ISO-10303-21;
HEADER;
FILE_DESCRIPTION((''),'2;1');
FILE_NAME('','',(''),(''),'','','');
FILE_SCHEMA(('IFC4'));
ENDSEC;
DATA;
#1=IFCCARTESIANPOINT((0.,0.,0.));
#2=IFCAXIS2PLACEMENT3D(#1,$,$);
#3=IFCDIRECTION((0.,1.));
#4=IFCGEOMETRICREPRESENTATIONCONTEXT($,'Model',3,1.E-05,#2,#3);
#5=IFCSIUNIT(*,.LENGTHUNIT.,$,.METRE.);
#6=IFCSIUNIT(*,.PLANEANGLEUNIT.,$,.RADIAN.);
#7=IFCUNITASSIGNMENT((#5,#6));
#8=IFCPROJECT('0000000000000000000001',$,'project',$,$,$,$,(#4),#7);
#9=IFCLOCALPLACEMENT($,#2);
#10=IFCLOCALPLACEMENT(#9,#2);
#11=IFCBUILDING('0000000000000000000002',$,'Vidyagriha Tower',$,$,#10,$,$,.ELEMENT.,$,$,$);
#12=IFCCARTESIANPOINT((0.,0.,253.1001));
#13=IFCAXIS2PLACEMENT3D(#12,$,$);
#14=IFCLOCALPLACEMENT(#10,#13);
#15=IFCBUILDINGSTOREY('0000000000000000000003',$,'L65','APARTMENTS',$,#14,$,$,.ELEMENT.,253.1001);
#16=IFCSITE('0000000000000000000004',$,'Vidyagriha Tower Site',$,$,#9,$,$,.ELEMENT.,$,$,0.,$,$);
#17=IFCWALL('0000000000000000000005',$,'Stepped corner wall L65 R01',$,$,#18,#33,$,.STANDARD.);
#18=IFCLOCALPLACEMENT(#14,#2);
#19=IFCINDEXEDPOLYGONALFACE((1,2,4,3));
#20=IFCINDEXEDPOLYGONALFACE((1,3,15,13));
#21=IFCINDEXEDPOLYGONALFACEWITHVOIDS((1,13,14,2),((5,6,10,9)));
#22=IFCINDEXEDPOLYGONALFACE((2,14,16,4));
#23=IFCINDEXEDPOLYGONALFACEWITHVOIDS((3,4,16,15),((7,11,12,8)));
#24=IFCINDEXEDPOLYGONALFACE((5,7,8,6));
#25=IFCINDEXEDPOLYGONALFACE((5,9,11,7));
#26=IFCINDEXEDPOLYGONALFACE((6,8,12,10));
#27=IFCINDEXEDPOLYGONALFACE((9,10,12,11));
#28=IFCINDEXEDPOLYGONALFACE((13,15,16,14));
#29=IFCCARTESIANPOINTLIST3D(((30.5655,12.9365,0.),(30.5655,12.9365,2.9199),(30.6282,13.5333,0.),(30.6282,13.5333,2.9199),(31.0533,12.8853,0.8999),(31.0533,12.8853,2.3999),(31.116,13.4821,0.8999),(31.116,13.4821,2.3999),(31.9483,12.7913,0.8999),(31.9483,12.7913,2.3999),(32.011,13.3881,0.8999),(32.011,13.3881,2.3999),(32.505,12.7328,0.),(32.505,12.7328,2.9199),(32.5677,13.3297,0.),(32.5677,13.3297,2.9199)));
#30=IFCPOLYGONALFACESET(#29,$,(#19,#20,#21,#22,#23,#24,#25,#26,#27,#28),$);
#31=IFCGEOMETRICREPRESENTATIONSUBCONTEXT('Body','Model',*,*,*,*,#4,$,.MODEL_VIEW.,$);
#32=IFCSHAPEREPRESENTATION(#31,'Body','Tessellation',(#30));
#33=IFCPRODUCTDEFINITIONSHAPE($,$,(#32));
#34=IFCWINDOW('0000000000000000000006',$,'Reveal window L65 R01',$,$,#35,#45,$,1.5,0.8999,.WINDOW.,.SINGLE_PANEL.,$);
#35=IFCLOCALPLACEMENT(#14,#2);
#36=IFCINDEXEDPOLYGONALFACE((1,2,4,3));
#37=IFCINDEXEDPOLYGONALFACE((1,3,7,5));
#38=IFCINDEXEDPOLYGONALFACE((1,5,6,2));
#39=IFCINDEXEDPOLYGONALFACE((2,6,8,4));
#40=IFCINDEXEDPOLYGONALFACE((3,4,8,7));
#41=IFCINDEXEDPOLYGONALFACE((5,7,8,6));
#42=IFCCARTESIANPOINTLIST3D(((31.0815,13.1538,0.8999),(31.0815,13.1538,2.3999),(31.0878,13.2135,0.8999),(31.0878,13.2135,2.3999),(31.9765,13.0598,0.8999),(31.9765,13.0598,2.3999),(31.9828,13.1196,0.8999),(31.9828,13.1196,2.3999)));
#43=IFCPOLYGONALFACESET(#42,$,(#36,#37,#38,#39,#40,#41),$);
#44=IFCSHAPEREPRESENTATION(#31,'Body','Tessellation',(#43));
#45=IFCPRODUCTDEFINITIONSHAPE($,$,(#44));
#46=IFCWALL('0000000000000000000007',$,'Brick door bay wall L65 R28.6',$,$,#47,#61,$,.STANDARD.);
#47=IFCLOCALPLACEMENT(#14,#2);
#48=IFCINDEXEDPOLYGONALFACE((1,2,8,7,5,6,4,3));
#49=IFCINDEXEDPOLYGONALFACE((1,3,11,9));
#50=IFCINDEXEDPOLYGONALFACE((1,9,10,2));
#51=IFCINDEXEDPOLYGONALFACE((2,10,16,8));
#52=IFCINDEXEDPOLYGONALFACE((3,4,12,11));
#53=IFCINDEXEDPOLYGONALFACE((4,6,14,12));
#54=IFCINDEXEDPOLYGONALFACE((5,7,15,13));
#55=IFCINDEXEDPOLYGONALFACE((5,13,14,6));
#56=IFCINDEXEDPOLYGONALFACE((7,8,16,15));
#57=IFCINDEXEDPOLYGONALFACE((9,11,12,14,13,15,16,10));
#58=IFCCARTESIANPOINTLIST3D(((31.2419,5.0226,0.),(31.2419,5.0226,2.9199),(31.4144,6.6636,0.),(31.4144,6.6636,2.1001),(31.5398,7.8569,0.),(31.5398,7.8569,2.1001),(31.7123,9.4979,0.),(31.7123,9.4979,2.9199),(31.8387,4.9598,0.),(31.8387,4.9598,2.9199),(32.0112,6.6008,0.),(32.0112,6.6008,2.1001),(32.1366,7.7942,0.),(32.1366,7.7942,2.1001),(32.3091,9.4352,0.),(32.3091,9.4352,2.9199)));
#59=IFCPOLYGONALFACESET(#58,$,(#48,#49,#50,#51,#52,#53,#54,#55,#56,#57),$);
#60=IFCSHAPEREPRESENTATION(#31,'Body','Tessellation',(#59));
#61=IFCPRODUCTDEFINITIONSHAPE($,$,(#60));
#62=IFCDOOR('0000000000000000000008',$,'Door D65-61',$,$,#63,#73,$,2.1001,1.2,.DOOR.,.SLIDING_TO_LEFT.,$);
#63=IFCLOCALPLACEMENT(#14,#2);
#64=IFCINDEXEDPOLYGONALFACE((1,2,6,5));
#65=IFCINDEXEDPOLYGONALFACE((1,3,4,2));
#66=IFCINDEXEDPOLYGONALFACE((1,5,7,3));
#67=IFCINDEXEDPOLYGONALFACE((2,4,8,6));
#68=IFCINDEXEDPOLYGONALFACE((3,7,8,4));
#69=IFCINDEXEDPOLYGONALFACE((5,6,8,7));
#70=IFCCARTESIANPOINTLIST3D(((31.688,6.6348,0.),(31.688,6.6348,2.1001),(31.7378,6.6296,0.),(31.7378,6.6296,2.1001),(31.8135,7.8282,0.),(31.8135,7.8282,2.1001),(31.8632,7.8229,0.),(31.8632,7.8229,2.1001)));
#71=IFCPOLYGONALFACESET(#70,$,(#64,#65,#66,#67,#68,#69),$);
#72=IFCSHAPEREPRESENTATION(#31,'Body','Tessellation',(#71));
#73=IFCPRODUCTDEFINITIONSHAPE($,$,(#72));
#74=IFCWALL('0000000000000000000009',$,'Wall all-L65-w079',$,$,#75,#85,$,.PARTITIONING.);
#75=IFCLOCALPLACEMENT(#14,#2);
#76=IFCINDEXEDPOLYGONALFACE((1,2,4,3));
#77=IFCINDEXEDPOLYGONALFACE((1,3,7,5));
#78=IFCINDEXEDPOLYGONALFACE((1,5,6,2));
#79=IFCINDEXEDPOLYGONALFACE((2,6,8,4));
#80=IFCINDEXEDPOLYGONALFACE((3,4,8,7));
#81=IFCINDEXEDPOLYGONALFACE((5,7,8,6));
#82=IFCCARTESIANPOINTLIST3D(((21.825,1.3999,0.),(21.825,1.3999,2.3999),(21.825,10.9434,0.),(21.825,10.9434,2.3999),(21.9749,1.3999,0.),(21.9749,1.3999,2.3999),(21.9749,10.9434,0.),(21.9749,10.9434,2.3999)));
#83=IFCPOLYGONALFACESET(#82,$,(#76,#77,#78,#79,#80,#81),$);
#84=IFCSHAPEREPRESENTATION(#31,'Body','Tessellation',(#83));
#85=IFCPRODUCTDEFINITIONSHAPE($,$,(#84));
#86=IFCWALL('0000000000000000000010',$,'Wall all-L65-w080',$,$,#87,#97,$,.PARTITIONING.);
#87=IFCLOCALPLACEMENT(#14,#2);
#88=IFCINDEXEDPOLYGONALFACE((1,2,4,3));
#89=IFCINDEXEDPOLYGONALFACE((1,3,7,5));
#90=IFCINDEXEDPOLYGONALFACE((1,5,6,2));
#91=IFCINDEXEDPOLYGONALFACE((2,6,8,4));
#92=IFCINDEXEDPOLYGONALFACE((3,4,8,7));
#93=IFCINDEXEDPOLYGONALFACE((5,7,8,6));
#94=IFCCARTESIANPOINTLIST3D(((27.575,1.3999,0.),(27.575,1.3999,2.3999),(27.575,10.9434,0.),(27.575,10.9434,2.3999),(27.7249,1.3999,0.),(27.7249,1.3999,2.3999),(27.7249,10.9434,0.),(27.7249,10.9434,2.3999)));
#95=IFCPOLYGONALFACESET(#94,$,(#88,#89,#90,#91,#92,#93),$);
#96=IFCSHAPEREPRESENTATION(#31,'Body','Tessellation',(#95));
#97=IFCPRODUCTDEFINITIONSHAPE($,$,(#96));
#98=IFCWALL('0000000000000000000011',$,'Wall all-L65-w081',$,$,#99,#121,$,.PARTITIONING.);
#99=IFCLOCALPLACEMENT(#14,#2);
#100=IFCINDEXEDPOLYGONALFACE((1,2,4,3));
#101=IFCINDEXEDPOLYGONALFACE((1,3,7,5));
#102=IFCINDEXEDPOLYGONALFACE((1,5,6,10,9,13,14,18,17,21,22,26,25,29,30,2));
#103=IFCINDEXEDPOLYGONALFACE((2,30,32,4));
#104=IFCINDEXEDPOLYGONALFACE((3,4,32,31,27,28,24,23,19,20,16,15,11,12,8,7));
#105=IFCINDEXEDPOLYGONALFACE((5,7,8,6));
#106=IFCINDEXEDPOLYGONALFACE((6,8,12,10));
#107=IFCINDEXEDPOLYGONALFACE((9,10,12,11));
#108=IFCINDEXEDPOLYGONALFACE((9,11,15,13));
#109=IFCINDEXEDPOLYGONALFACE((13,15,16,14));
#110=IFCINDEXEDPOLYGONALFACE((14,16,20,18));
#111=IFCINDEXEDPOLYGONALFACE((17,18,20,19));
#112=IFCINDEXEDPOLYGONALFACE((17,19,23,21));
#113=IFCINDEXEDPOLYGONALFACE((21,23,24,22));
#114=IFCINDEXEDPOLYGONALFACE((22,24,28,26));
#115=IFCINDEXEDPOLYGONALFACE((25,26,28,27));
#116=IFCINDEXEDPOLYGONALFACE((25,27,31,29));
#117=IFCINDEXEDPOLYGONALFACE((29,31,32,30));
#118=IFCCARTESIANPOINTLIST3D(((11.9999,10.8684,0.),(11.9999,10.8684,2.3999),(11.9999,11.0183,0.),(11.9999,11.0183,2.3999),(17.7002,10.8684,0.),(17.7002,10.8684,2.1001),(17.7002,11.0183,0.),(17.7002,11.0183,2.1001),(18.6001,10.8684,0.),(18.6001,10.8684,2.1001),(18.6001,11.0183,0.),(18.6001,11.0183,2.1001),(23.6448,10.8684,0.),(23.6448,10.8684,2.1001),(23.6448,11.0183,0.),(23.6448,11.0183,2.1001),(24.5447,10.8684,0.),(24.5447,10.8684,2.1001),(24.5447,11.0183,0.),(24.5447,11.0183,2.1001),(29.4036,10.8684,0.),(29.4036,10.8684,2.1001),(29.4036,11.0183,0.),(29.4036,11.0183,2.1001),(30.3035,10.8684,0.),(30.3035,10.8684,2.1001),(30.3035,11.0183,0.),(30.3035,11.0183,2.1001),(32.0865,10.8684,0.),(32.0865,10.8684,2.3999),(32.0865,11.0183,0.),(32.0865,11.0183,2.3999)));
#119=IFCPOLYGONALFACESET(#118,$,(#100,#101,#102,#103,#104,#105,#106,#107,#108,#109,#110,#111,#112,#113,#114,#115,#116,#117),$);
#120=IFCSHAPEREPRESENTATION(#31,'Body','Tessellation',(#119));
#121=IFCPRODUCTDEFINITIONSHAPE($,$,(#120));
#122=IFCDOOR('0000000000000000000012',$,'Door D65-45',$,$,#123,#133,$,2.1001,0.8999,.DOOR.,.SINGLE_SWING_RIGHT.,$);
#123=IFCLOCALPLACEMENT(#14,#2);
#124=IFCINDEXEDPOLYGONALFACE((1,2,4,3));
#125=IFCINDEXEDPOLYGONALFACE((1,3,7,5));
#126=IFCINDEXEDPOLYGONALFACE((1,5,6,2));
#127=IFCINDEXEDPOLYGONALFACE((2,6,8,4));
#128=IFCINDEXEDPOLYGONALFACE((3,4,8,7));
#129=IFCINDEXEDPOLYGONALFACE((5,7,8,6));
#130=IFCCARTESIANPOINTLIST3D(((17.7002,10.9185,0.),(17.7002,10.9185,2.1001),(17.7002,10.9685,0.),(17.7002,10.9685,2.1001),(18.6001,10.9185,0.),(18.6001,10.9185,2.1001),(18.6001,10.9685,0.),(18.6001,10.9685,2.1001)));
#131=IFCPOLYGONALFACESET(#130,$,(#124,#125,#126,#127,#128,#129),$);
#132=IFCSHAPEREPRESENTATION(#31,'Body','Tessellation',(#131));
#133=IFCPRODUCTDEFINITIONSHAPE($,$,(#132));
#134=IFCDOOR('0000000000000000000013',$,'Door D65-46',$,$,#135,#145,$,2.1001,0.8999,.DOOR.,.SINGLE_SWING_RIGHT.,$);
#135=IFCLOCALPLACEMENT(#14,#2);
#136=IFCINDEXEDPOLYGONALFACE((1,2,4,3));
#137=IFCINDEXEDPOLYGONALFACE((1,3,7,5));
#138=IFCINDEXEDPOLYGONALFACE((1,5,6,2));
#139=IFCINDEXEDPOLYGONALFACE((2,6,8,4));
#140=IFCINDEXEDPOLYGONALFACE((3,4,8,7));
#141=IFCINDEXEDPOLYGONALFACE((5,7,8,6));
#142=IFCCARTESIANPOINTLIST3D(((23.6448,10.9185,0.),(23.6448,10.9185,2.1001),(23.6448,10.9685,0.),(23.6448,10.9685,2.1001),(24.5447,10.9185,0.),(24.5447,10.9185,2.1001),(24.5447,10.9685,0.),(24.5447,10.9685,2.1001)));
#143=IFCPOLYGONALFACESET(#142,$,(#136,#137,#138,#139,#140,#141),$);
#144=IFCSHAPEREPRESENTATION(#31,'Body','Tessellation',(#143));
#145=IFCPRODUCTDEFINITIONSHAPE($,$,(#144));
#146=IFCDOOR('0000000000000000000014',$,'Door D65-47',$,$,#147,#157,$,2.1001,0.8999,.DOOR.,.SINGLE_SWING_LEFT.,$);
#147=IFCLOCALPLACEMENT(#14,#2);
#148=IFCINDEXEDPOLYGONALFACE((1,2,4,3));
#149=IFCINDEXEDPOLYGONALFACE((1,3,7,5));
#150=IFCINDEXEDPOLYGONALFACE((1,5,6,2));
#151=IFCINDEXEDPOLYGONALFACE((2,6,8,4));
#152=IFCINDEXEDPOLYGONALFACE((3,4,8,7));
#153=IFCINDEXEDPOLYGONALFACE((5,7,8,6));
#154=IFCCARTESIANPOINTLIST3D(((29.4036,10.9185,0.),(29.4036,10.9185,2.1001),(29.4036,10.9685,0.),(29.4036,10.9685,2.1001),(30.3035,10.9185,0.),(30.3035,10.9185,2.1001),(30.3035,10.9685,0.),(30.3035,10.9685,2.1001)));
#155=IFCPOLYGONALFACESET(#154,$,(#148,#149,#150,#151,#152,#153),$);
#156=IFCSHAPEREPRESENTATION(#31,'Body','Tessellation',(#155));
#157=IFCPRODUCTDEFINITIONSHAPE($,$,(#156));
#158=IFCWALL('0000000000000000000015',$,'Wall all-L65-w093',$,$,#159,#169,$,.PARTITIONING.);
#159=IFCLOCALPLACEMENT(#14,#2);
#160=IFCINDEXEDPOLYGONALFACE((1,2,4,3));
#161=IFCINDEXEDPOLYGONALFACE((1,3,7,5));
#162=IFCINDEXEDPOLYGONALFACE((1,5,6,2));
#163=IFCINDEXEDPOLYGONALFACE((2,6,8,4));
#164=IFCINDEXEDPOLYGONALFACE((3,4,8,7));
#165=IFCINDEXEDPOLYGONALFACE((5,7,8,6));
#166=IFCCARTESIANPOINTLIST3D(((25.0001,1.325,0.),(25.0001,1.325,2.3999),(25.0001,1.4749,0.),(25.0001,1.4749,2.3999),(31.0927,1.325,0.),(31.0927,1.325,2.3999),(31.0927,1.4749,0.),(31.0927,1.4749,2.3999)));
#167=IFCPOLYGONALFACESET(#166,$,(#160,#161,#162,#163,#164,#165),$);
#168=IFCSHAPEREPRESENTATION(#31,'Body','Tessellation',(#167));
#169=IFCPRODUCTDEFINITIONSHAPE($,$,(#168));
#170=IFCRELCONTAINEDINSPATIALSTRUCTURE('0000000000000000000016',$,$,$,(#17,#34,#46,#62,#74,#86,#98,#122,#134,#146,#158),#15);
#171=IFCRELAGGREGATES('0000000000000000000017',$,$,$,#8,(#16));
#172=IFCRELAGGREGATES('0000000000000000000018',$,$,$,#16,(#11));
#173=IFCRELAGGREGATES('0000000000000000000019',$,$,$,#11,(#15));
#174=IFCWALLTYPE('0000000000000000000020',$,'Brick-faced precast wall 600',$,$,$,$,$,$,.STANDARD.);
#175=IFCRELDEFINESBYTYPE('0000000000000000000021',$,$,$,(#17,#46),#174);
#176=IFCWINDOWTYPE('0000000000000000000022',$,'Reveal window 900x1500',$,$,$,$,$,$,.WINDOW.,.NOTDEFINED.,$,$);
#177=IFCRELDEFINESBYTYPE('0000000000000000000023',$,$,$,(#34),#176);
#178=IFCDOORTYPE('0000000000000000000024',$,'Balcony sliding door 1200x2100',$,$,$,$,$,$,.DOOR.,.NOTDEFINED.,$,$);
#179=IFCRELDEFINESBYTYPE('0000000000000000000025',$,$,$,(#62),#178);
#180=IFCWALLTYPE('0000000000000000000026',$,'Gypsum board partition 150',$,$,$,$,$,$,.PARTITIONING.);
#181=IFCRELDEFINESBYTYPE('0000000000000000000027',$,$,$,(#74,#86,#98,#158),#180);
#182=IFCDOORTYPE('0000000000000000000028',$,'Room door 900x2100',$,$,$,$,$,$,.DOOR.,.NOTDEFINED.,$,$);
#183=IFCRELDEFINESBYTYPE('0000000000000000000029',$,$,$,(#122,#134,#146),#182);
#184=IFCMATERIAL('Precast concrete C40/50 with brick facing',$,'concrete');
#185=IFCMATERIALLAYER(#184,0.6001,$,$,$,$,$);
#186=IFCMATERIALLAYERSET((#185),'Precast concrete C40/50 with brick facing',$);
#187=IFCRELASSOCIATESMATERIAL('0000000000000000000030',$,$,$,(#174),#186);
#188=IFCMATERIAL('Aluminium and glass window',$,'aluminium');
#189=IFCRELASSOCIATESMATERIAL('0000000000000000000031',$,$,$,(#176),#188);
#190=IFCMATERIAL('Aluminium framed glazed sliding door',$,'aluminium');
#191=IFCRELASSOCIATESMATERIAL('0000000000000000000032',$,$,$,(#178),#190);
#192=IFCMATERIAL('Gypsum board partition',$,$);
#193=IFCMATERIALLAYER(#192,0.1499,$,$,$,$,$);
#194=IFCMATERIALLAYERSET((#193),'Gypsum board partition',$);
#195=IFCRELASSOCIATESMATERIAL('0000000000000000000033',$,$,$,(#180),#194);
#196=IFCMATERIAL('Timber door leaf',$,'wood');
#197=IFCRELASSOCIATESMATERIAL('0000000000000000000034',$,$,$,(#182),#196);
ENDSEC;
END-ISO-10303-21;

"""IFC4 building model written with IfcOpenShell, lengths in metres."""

from ifc_helpers import new_model, si_unit, direction, frame, frame_2d, origin, place, context, subcontext, project, spatial, rectangle, extrude, material, layer, layer_set, type_object, element, fill, save


model = new_model("IFC4")

# Units and contexts
model_context = context("Model", 3, precision=1e-05, world=origin(), true_north=direction((0.0, 1.0)))
body_context = subcontext(model_context, "Body", "Model", "MODEL_VIEW")
ifc_project = project(units=[si_unit("LENGTHUNIT", "METRE"), si_unit("PLANEANGLEUNIT", "RADIAN")], contexts=[model_context])

# Site, building, storey
site_placement = place(None, origin())
site = spatial("IfcSite", under=ifc_project, at=site_placement, Name="Vidyagriha Tower Site", CompositionType="ELEMENT", RefElevation=0.0)
building_placement = place(site_placement, origin())
building = spatial("IfcBuilding", under=site, at=building_placement, Name="Vidyagriha Tower", CompositionType="ELEMENT")
storey_placement = place(building_placement, frame((0.0, 0.0, 253.1001)))
storey = spatial("IfcBuildingStorey", under=building, at=storey_placement, Name="L65", Description="APARTMENTS", CompositionType="ELEMENT", Elevation=253.1001)

# Wall, opening, window
ifc_material_1 = material(Name="Precast concrete C40/50 with brick facing", Category="concrete")
ifc_layer_1 = layer(ifc_material_1, 0.6001)
ifc_layer_set_1 = layer_set([ifc_layer_1], Name="Precast concrete C40/50 with brick facing")
wall_type_1 = type_object("IfcWallType", Name="Brick-faced precast wall 600", PredefinedType="STANDARD", material=ifc_layer_set_1)
wall_1_placement = place(storey_placement, frame((32.5364, 13.0312, 0.0), z_axis=(0.0, 0.0, 1.0), x_axis=(-0.994534, 0.104411, 0.0)))
wall_1 = element("IfcWall", 1, at=wall_1_placement, inside=storey, type_object=wall_type_1, Name="Stepped corner wall L65 R01", PredefinedType="STANDARD", context=body_context, shape_type="SweptSolid", body=[
    extrude(rectangle(XDim=1.9502, YDim=0.6001, at=frame_2d((0.9751, 0.0))), origin(), (0.0, 0.0, 1.0), 2.9199),
])
opening_1_placement = place(wall_1_placement, frame((0.5598, 0.0, 0.8999)))
opening_1 = element("IfcOpeningElement", 2, at=opening_1_placement, cuts=wall_1, PredefinedType="OPENING", context=body_context, shape_type="SweptSolid", body=[
    extrude(rectangle(XDim=0.8999, YDim=1.5, at=frame_2d((0.45, 0.75))), frame((0.0, 0.3101, 0.0), z_axis=(0.0, -1.0, 0.0), x_axis=(1.0, 0.0, 0.0)), (0.0, 0.0, 1.0), 0.6201),
])
ifc_material_2 = material(Name="Aluminium and glass window", Category="aluminium")
window_type = type_object("IfcWindowType", Name="Reveal window 900x1500", PartitioningType="NOTDEFINED", PredefinedType="WINDOW", material=ifc_material_2)
window_placement = place(opening_1_placement, origin())
window = element("IfcWindow", 3, at=window_placement, inside=storey, type_object=window_type, Name="Reveal window L65 R01", OverallHeight=1.5, OverallWidth=0.8999, PartitioningType="SINGLE_PANEL", PredefinedType="WINDOW", context=body_context, shape_type="SweptSolid", body=[
    extrude(rectangle(XDim=0.8999, YDim=1.5, at=frame_2d((0.45, 0.75))), frame((0.0, 0.03, 0.0), z_axis=(0.0, -1.0, 0.0), x_axis=(1.0, 0.0, 0.0)), (0.0, 0.0, 1.0), 0.0601),
])
fill(opening_1, window)

# Wall, opening, door
wall_2_placement = place(storey_placement, frame((31.5403, 4.9912, 0.0), z_axis=(0.0, 0.0, 1.0), x_axis=(0.104546, 0.99452, 0.0)))
wall_2 = element("IfcWall", 4, at=wall_2_placement, inside=storey, type_object=wall_type_1, Name="Brick door bay wall L65 R28.6", PredefinedType="STANDARD", context=body_context, shape_type="SweptSolid", body=[
    extrude(rectangle(XDim=4.5, YDim=0.6001, at=frame_2d((2.25, 0.0))), origin(), (0.0, 0.0, 1.0), 2.9199),
])
opening_2_placement = place(wall_2_placement, frame((1.6499, 0.0, 0.0)))
opening_2 = element("IfcOpeningElement", 5, at=opening_2_placement, cuts=wall_2, PredefinedType="OPENING", context=body_context, shape_type="SweptSolid", body=[
    extrude(rectangle(XDim=1.2, YDim=2.1001, at=frame_2d((0.6001, 1.05))), frame((0.0, 0.3101, 0.0), z_axis=(0.0, -1.0, 0.0), x_axis=(1.0, 0.0, 0.0)), (0.0, 0.0, 1.0), 0.6201),
])
ifc_material_3 = material(Name="Aluminium framed glazed sliding door", Category="aluminium")
door_type_1 = type_object("IfcDoorType", Name="Balcony sliding door 1200x2100", OperationType="NOTDEFINED", PredefinedType="DOOR", material=ifc_material_3)
door_1_placement = place(opening_2_placement, origin())
door_1 = element("IfcDoor", 6, at=door_1_placement, inside=storey, type_object=door_type_1, Name="Door D65-61", OperationType="SLIDING_TO_LEFT", OverallHeight=2.1001, OverallWidth=1.2, PredefinedType="DOOR", context=body_context, shape_type="SweptSolid", body=[
    extrude(rectangle(XDim=1.2, YDim=2.1001, at=frame_2d((0.6001, 1.05))), frame((0.0, 0.0249, 0.0), z_axis=(0.0, -1.0, 0.0), x_axis=(1.0, 0.0, 0.0)), (0.0, 0.0, 1.0), 0.05),
])
fill(opening_2, door_1)

# Walls
ifc_material_4 = material(Name="Gypsum board partition")
ifc_layer_2 = layer(ifc_material_4, 0.1499)
ifc_layer_set_2 = layer_set([ifc_layer_2], Name="Gypsum board partition")
wall_type_2 = type_object("IfcWallType", Name="Gypsum board partition 150", PredefinedType="PARTITIONING", material=ifc_layer_set_2)
for number, where, z_axis, x_axis, name in (
    (7, (21.8999, 10.9434, 0.0), (0.0, 0.0, 1.0), (0.0, -1.0, 0.0), "Wall all-L65-w079"),
    (8, (27.6499, 10.9434, 0.0), (0.0, 0.0, 1.0), (0.0, -1.0, 0.0), "Wall all-L65-w080"),
):
    element("IfcWall", number, at=place(storey_placement, frame(where, z_axis=z_axis, x_axis=x_axis)), inside=storey, type_object=wall_type_2, Name=name, PredefinedType="PARTITIONING", context=body_context, shape_type="SweptSolid", body=[
        extrude(rectangle(XDim=9.5435, YDim=0.1499, at=frame_2d((4.7717, 0.0))), origin(), (0.0, 0.0, 1.0), 2.3999),
    ])

# Wall, openings, doors
wall_3_placement = place(storey_placement, frame((32.0867, 10.9434, 0.0), z_axis=(0.0, 0.0, 1.0), x_axis=(-1.0, 0.0, 0.0)))
wall_3 = element("IfcWall", 9, at=wall_3_placement, inside=storey, type_object=wall_type_2, Name="Wall all-L65-w081", PredefinedType="PARTITIONING", context=body_context, shape_type="SweptSolid", body=[
    extrude(rectangle(XDim=20.0867, YDim=0.1499, at=frame_2d((10.0435, 0.0))), origin(), (0.0, 0.0, 1.0), 2.3999),
])
opening_3_placement = place(wall_3_placement, frame((13.4866, 0.0, 0.0)))
opening_3 = element("IfcOpeningElement", 10, at=opening_3_placement, cuts=wall_3, PredefinedType="OPENING", context=body_context, shape_type="SweptSolid", body=[
    extrude(rectangle(XDim=0.8999, YDim=2.1001, at=frame_2d((0.45, 1.05))), frame((0.0, 0.085, 0.0), z_axis=(0.0, -1.0, 0.0), x_axis=(1.0, 0.0, 0.0)), (0.0, 0.0, 1.0), 0.1699),
])
opening_4_placement = place(wall_3_placement, frame((7.542, 0.0, 0.0)))
opening_4 = element("IfcOpeningElement", 11, at=opening_4_placement, cuts=wall_3, PredefinedType="OPENING", context=body_context, shape_type="SweptSolid", body=[
    extrude(rectangle(XDim=0.8999, YDim=2.1001, at=frame_2d((0.45, 1.05))), frame((0.0, 0.085, 0.0), z_axis=(0.0, -1.0, 0.0), x_axis=(1.0, 0.0, 0.0)), (0.0, 0.0, 1.0), 0.1699),
])
opening_5_placement = place(wall_3_placement, frame((1.7832, 0.0, 0.0)))
opening_5 = element("IfcOpeningElement", 12, at=opening_5_placement, cuts=wall_3, PredefinedType="OPENING", context=body_context, shape_type="SweptSolid", body=[
    extrude(rectangle(XDim=0.8999, YDim=2.1001, at=frame_2d((0.45, 1.05))), frame((0.0, 0.085, 0.0), z_axis=(0.0, -1.0, 0.0), x_axis=(1.0, 0.0, 0.0)), (0.0, 0.0, 1.0), 0.1699),
])
ifc_material_5 = material(Name="Timber door leaf", Category="wood")
door_type_2 = type_object("IfcDoorType", Name="Room door 900x2100", OperationType="NOTDEFINED", PredefinedType="DOOR", material=ifc_material_5)
door_2_placement = place(opening_3_placement, origin())
door_2 = element("IfcDoor", 13, at=door_2_placement, inside=storey, type_object=door_type_2, Name="Door D65-45", OperationType="SINGLE_SWING_RIGHT", OverallHeight=2.1001, OverallWidth=0.8999, PredefinedType="DOOR", context=body_context, shape_type="SweptSolid", body=[
    extrude(rectangle(XDim=0.8999, YDim=2.1001, at=frame_2d((0.45, 1.05))), frame((0.0, 0.0249, 0.0), z_axis=(0.0, -1.0, 0.0), x_axis=(1.0, 0.0, 0.0)), (0.0, 0.0, 1.0), 0.05),
])
fill(opening_3, door_2)
door_3_placement = place(opening_4_placement, origin())
door_3 = element("IfcDoor", 14, at=door_3_placement, inside=storey, type_object=door_type_2, Name="Door D65-46", OperationType="SINGLE_SWING_RIGHT", OverallHeight=2.1001, OverallWidth=0.8999, PredefinedType="DOOR", context=body_context, shape_type="SweptSolid", body=[
    extrude(rectangle(XDim=0.8999, YDim=2.1001, at=frame_2d((0.45, 1.05))), frame((0.0, 0.0249, 0.0), z_axis=(0.0, -1.0, 0.0), x_axis=(1.0, 0.0, 0.0)), (0.0, 0.0, 1.0), 0.05),
])
fill(opening_4, door_3)
door_4_placement = place(opening_5_placement, origin())
door_4 = element("IfcDoor", 15, at=door_4_placement, inside=storey, type_object=door_type_2, Name="Door D65-47", OperationType="SINGLE_SWING_LEFT", OverallHeight=2.1001, OverallWidth=0.8999, PredefinedType="DOOR", context=body_context, shape_type="SweptSolid", body=[
    extrude(rectangle(XDim=0.8999, YDim=2.1001, at=frame_2d((0.45, 1.05))), frame((0.0, 0.0249, 0.0), z_axis=(0.0, -1.0, 0.0), x_axis=(1.0, 0.0, 0.0)), (0.0, 0.0, 1.0), 0.05),
])
fill(opening_5, door_4)

# Wall
wall_4_placement = place(storey_placement, frame((25.0, 1.3999, 0.0)))
element("IfcWall", 16, at=wall_4_placement, inside=storey, type_object=wall_type_2, Name="Wall all-L65-w093", PredefinedType="PARTITIONING", context=body_context, shape_type="SweptSolid", body=[
    extrude(rectangle(XDim=6.0925, YDim=0.1499, at=frame_2d((3.0464, 0.0))), origin(), (0.0, 0.0, 1.0), 2.3999),
])

save(model, "model.ifc")
